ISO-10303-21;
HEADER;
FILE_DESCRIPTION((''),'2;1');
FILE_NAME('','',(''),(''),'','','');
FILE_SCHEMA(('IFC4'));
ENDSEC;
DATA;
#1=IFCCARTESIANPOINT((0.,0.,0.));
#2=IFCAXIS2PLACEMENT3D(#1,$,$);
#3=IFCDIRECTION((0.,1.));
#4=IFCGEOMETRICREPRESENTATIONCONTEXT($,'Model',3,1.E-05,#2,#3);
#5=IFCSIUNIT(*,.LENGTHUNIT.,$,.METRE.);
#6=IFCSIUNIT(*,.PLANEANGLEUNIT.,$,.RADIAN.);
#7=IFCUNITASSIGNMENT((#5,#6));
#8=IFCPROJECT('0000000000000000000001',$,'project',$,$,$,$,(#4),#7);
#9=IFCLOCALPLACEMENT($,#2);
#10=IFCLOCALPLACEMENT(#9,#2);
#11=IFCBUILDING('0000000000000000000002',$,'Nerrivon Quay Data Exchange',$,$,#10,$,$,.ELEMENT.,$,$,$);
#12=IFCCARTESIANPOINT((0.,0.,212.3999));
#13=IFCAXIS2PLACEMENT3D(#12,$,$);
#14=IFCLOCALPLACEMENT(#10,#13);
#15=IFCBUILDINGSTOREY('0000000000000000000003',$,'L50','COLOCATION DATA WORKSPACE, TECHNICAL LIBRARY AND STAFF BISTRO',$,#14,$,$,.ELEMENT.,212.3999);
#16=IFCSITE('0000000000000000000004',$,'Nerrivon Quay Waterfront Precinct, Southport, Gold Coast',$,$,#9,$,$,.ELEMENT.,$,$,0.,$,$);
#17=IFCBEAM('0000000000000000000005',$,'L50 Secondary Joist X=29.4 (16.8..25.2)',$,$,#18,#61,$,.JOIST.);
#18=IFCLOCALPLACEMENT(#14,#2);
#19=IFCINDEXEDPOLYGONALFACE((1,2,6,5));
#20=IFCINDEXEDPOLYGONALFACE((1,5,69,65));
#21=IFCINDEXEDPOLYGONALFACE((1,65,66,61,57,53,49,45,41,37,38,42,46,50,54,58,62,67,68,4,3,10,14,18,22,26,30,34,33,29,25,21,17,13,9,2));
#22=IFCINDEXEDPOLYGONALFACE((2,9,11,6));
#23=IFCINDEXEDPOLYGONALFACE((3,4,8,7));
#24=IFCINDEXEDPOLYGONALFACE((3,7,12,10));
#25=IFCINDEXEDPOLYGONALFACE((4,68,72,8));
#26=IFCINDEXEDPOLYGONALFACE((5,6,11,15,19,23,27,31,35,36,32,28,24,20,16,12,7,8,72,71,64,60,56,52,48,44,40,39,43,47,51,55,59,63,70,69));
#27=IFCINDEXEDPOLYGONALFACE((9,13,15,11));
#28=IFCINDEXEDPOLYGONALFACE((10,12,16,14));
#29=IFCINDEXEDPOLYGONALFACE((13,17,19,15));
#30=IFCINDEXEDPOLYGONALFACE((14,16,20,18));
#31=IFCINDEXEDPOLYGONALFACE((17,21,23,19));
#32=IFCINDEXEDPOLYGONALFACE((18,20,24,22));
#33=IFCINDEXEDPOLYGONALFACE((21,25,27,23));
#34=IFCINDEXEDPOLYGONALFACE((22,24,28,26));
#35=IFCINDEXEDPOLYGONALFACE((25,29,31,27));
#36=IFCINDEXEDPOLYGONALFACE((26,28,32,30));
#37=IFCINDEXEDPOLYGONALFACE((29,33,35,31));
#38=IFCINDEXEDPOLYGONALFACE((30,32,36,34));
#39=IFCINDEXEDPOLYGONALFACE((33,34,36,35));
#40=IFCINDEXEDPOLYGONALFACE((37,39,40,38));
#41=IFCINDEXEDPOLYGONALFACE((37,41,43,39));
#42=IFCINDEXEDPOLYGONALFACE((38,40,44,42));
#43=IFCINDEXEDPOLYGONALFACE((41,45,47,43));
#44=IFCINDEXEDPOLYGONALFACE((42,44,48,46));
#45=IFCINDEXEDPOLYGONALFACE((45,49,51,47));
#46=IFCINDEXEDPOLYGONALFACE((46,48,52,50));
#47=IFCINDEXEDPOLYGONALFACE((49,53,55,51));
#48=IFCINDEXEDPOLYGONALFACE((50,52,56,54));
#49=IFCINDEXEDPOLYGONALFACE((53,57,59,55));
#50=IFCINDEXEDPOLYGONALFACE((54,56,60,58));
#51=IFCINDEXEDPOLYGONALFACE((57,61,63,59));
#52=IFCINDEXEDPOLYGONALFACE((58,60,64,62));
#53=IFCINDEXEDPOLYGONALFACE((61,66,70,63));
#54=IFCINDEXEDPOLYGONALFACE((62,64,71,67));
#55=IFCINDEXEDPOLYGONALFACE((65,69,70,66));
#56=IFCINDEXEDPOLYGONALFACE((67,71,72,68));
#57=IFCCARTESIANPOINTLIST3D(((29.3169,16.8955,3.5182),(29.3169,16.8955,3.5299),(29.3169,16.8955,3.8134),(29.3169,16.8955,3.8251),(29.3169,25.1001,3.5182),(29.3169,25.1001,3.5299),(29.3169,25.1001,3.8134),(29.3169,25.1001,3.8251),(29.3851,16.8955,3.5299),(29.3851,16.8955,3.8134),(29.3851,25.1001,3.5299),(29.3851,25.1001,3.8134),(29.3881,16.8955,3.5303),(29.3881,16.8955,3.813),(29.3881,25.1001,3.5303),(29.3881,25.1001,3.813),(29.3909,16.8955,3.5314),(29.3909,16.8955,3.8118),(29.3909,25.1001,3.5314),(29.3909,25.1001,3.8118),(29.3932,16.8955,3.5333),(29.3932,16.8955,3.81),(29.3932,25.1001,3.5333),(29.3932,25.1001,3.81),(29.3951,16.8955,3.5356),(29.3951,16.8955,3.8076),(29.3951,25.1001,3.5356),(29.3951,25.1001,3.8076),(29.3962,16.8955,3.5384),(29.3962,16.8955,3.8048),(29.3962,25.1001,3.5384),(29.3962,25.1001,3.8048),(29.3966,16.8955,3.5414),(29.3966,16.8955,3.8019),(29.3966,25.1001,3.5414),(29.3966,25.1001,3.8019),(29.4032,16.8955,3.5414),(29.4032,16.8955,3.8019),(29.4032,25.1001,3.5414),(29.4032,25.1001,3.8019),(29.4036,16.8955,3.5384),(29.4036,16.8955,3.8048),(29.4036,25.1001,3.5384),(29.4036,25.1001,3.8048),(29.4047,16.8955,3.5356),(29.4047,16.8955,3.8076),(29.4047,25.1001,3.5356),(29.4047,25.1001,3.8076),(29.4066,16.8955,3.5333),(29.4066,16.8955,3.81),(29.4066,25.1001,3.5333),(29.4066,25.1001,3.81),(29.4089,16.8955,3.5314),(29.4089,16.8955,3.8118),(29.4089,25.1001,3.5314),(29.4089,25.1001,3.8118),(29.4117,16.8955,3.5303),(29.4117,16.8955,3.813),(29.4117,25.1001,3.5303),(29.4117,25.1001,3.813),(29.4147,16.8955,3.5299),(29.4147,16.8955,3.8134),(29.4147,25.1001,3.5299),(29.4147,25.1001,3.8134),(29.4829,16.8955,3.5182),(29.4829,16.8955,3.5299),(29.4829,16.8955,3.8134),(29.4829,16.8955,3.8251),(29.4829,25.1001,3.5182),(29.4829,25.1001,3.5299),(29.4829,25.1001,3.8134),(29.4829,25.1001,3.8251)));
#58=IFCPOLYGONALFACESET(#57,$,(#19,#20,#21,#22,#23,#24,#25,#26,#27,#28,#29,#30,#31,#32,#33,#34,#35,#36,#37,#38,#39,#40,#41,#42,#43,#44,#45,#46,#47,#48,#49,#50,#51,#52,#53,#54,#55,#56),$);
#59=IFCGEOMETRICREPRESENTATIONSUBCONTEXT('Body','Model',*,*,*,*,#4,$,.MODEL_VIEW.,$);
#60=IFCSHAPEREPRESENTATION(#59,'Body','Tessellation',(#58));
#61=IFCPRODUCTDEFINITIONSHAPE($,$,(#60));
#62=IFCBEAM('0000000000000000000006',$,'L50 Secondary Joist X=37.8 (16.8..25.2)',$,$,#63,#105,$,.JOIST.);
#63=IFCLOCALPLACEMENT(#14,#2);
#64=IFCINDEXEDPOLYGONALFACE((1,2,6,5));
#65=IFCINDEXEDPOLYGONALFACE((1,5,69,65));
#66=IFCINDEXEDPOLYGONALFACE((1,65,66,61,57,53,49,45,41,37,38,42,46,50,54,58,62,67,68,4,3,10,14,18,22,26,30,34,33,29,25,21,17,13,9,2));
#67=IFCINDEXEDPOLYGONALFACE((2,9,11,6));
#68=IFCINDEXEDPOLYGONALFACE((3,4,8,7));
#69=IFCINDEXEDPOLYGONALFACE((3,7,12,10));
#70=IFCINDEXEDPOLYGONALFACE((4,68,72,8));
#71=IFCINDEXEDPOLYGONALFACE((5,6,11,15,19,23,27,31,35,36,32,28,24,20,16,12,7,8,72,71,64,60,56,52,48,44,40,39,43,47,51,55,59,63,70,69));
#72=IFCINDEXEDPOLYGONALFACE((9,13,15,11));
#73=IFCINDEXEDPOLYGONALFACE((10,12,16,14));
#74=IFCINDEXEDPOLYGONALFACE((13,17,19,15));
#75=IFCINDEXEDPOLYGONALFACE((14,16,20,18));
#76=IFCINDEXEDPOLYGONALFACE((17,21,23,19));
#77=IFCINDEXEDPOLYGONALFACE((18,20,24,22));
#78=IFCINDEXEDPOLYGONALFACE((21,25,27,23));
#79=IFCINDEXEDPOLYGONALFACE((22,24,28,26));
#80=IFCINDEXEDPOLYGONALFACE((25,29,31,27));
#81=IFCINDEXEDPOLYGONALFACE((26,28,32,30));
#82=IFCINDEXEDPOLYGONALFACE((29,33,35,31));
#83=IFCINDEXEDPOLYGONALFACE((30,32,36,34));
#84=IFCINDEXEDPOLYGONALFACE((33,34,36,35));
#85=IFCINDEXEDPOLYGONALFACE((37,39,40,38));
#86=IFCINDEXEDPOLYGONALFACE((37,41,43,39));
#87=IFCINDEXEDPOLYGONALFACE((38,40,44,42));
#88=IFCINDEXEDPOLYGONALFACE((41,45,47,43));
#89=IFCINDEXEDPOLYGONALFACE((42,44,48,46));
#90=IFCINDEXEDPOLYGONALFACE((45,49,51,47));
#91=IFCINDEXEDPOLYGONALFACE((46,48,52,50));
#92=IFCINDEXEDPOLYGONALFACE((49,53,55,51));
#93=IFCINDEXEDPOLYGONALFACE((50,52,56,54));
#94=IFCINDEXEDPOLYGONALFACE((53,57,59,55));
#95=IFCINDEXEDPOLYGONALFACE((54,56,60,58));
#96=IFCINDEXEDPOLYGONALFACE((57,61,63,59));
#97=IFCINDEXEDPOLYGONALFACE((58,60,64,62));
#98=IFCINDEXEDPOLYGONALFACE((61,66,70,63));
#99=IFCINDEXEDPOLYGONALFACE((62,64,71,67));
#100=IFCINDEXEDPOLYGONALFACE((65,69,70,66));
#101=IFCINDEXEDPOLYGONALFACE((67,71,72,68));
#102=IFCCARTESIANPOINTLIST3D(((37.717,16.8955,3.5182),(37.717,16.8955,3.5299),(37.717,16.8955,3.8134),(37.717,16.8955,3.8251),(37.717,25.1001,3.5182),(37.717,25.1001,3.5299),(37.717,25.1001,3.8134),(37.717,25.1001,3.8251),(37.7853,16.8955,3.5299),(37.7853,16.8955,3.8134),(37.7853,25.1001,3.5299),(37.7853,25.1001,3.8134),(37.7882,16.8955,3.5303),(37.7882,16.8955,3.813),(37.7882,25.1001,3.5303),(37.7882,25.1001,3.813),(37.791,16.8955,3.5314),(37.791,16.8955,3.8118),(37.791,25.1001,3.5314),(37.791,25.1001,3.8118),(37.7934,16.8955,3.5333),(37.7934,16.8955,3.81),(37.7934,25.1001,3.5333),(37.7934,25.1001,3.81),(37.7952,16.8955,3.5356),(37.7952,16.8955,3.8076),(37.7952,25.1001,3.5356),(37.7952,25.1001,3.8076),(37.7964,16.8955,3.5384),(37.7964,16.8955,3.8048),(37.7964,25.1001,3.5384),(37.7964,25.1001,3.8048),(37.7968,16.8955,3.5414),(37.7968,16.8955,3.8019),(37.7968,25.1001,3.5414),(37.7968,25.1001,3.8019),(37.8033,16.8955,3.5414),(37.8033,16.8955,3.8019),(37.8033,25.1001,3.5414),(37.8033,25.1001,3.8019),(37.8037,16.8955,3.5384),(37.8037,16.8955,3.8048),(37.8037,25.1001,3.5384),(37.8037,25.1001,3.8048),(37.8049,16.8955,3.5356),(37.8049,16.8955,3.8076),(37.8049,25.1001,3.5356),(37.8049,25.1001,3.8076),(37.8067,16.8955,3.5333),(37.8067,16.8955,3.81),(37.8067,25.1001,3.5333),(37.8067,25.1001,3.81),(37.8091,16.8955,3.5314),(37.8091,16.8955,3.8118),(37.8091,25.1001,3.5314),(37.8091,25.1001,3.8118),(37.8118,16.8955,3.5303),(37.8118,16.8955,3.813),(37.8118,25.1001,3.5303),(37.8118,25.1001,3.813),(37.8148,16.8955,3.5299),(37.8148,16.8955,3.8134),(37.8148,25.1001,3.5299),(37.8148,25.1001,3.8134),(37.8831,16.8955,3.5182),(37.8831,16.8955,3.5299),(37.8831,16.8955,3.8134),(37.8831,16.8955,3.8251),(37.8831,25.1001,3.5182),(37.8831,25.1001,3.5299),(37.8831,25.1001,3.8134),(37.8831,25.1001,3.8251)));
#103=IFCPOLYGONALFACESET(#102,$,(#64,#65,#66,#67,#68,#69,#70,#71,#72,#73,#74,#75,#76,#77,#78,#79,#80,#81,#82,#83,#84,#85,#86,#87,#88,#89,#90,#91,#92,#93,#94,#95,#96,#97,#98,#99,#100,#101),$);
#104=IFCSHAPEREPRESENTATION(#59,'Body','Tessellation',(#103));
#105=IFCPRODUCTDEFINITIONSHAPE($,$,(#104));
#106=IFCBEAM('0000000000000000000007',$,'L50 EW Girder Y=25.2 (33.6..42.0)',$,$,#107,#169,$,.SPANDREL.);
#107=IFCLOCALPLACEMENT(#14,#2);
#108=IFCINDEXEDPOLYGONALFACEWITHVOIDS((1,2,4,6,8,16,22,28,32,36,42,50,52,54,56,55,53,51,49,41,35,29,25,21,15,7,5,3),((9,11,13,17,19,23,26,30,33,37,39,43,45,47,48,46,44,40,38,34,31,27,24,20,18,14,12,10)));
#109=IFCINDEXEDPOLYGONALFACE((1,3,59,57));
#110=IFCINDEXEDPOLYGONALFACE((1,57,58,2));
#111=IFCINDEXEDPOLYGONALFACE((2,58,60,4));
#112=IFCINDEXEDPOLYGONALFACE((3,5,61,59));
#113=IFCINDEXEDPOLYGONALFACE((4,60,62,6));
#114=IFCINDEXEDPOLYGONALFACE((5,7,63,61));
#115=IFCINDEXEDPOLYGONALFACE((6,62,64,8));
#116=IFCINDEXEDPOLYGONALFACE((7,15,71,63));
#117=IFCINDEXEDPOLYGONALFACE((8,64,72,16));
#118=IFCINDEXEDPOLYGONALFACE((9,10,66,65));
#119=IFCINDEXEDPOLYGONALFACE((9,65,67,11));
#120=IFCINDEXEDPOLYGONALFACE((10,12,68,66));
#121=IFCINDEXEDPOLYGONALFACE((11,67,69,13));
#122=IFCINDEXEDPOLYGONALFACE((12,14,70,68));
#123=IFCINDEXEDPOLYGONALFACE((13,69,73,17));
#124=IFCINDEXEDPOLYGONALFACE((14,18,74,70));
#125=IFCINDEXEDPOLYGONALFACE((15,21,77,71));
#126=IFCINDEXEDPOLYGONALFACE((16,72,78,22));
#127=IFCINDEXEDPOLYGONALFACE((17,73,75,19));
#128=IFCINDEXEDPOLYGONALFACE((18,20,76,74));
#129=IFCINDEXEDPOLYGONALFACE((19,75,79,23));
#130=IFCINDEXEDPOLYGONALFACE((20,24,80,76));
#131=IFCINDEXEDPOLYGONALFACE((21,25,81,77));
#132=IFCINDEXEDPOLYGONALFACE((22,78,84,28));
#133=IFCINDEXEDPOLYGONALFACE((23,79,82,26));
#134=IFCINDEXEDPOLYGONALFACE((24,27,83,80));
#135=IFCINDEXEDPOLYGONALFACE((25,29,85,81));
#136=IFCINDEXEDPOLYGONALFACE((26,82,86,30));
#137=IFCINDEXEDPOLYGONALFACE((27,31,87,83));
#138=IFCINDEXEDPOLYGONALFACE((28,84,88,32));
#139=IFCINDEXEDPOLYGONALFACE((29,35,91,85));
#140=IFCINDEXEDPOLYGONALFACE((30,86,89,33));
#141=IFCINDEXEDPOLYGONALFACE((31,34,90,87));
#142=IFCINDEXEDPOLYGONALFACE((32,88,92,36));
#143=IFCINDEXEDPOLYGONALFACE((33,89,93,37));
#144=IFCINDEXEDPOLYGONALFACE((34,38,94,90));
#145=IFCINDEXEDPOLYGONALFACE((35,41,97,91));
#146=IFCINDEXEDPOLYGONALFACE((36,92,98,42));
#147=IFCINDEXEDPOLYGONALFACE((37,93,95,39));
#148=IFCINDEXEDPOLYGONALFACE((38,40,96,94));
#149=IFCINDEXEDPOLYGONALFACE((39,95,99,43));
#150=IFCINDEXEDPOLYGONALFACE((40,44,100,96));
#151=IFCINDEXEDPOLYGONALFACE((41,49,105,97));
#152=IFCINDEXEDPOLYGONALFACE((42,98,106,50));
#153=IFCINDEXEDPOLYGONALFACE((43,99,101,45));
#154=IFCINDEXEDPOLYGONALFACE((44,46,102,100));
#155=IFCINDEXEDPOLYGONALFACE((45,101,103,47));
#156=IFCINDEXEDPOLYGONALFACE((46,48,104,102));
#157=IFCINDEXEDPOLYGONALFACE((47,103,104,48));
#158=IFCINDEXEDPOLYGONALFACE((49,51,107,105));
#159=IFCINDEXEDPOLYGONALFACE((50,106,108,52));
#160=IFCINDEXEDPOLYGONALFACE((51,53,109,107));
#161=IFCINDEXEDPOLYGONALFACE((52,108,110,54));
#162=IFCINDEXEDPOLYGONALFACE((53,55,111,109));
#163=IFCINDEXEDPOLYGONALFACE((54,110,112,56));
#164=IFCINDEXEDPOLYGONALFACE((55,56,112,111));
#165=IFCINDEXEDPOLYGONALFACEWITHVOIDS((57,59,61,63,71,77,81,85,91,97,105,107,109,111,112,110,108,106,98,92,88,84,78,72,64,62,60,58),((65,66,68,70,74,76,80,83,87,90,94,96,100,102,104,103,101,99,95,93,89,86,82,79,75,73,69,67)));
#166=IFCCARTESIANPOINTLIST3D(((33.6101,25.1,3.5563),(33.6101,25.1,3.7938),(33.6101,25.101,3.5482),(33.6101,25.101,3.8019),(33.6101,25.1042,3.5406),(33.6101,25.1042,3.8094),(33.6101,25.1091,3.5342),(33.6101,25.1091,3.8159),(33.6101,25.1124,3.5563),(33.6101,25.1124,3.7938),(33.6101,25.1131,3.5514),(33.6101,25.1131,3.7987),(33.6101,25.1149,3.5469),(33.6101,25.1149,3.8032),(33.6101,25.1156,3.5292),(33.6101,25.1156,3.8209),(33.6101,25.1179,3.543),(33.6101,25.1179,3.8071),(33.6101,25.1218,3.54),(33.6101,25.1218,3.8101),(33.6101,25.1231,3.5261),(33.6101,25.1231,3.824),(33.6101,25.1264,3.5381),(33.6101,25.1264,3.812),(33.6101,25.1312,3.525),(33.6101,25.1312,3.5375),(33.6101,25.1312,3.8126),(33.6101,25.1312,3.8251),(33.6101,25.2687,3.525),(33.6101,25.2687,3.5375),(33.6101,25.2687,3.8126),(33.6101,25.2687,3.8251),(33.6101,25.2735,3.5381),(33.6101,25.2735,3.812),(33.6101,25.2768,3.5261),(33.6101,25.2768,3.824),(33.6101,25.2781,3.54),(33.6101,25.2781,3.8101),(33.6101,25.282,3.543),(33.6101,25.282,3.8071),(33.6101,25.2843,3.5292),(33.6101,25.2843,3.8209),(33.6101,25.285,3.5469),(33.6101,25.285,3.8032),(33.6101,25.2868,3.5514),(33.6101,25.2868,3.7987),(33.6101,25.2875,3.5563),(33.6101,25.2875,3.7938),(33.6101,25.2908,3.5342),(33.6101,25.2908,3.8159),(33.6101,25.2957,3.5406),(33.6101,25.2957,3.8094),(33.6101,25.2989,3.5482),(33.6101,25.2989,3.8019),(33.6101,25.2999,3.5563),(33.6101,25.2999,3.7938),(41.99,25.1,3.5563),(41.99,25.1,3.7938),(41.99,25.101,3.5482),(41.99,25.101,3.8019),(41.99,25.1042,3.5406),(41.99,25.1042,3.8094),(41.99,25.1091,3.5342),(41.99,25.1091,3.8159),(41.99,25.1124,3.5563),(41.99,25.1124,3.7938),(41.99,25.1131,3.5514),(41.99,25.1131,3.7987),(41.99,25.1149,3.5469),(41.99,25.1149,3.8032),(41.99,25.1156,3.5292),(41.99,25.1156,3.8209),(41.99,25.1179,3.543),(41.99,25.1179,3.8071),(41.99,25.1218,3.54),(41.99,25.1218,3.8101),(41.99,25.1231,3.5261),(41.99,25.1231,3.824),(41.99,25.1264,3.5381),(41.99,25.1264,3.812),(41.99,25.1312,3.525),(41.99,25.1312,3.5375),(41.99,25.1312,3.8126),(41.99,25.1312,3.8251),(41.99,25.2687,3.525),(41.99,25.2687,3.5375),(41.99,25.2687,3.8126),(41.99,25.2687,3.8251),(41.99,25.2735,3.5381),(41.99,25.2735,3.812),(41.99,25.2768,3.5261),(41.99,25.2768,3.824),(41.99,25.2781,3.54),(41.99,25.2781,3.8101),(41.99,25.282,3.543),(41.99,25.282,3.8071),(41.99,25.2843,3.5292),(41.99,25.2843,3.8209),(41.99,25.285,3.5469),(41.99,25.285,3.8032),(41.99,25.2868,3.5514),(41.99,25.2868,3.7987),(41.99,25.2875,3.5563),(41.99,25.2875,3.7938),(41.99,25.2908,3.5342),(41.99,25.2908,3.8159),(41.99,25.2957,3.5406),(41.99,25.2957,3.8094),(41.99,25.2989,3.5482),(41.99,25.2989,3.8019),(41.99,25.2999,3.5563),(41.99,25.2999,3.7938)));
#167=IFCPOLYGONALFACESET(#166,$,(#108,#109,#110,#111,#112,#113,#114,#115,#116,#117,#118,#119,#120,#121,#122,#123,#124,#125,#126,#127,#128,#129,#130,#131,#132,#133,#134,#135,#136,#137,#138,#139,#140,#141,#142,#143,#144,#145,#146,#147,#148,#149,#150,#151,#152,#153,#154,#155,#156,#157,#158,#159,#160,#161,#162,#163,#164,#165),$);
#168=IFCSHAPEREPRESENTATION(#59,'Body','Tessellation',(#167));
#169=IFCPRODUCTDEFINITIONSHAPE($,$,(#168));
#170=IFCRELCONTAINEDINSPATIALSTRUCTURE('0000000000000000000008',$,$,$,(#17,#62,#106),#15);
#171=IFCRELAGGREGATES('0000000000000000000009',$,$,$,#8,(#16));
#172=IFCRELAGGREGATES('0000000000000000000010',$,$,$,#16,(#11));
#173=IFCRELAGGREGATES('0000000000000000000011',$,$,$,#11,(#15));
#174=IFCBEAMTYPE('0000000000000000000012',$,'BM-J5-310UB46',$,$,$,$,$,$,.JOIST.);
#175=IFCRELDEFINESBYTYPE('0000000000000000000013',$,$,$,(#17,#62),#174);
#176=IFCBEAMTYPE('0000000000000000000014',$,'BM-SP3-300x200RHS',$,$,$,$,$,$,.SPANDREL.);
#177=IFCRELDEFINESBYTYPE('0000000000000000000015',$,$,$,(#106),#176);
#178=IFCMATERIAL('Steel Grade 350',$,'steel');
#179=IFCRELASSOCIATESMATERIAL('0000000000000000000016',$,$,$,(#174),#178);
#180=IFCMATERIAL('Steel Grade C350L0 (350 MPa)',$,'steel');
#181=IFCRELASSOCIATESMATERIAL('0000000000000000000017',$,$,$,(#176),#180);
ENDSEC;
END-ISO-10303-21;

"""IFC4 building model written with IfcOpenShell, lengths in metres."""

from ifc_helpers import new_model, si_unit, direction, frame, origin, origin_2d, place, context, subcontext, project, spatial, hollow_rectangle, i_section, extrude, material, material_profile, profile_set, type_object, element, save


model = new_model("IFC4")

# Units and contexts
model_context = context("Model", 3, precision=1e-05, world=origin(), true_north=direction((0.0, 1.0)))
body_context = subcontext(model_context, "Body", "Model", "MODEL_VIEW")
ifc_project = project(units=[si_unit("LENGTHUNIT", "METRE"), si_unit("PLANEANGLEUNIT", "RADIAN")], contexts=[model_context])

# Site, building, storey
site_placement = place(None, origin())
site = spatial("IfcSite", under=ifc_project, at=site_placement, Name="Nerrivon Quay Waterfront Precinct, Southport, Gold Coast", CompositionType="ELEMENT", RefElevation=0.0)
building_placement = place(site_placement, origin())
building = spatial("IfcBuilding", under=site, at=building_placement, Name="Nerrivon Quay Data Exchange", CompositionType="ELEMENT")
storey_placement = place(building_placement, frame((0.0, 0.0, 212.3999)))
storey = spatial("IfcBuildingStorey", under=building, at=storey_placement, Name="L50", Description="COLOCATION DATA WORKSPACE, TECHNICAL LIBRARY AND STAFF BISTRO", CompositionType="ELEMENT", Elevation=212.3999)

# Shared definitions
ifc_material_1 = material(Name="Steel Grade 350", Category="steel")

# Beams
ifc_material_profile_1 = material_profile(ifc_material_1, i_section(OverallWidth=0.166, OverallDepth=0.3069, WebThickness=0.0066, FlangeThickness=0.0117, FilletRadius=0.0115, at=origin_2d()), Name="310UB46.2")
ifc_profile_set_1 = profile_set([ifc_material_profile_1], Name="Steel Grade 350")
beam_type_1 = type_object("IfcBeamType", Name="BM-J5-310UB46", PredefinedType="JOIST", material=ifc_profile_set_1)
for number, where, z_axis, x_axis, name in (
    (1, (29.3999, 16.8955, 3.6716), (0.0, 1.0, 0.0), (-1.0, 0.0, 0.0), "L50 Secondary Joist X=29.4 (16.8..25.2)"),
    (2, (37.8, 16.8955, 3.6716), (0.0, 1.0, 0.0), (-1.0, 0.0, 0.0), "L50 Secondary Joist X=37.8 (16.8..25.2)"),
):
    element("IfcBeam", number, at=place(storey_placement, frame(where, z_axis=z_axis, x_axis=x_axis)), inside=storey, type_object=beam_type_1, Name=name, PredefinedType="JOIST", context=body_context, shape_type="SweptSolid", body=[
        extrude(i_section(OverallWidth=0.166, OverallDepth=0.3069, WebThickness=0.0066, FlangeThickness=0.0117, FilletRadius=0.0115, at=origin_2d()), origin(), (0.0, 0.0, 1.0), 8.2046),
    ])
ifc_material_2 = material(Name="Steel Grade C350L0 (350 MPa)", Category="steel")
ifc_material_profile_2 = material_profile(ifc_material_2, hollow_rectangle(XDim=0.2, YDim=0.3, WallThickness=0.0125, InnerFilletRadius=0.0188, OuterFilletRadius=0.0312, at=origin_2d()), Name="300x200x12.5RHS")
ifc_profile_set_2 = profile_set([ifc_material_profile_2], Name="Steel Grade C350L0 (350 MPa)")
beam_type_2 = type_object("IfcBeamType", Name="BM-SP3-300x200RHS", PredefinedType="SPANDREL", material=ifc_profile_set_2)
beam_1_placement = place(storey_placement, frame((33.6101, 25.2, 3.675), z_axis=(1.0, 0.0, 0.0), x_axis=(0.0, 1.0, 0.0)))
element("IfcBeam", 3, at=beam_1_placement, inside=storey, type_object=beam_type_2, Name="L50 EW Girder Y=25.2 (33.6..42.0)", PredefinedType="SPANDREL", context=body_context, shape_type="SweptSolid", body=[
    extrude(hollow_rectangle(XDim=0.2, YDim=0.3, WallThickness=0.0125, InnerFilletRadius=0.0188, OuterFilletRadius=0.0312, at=origin_2d()), origin(), (0.0, 0.0, 1.0), 8.3799),
])

save(model, "model.ifc")
